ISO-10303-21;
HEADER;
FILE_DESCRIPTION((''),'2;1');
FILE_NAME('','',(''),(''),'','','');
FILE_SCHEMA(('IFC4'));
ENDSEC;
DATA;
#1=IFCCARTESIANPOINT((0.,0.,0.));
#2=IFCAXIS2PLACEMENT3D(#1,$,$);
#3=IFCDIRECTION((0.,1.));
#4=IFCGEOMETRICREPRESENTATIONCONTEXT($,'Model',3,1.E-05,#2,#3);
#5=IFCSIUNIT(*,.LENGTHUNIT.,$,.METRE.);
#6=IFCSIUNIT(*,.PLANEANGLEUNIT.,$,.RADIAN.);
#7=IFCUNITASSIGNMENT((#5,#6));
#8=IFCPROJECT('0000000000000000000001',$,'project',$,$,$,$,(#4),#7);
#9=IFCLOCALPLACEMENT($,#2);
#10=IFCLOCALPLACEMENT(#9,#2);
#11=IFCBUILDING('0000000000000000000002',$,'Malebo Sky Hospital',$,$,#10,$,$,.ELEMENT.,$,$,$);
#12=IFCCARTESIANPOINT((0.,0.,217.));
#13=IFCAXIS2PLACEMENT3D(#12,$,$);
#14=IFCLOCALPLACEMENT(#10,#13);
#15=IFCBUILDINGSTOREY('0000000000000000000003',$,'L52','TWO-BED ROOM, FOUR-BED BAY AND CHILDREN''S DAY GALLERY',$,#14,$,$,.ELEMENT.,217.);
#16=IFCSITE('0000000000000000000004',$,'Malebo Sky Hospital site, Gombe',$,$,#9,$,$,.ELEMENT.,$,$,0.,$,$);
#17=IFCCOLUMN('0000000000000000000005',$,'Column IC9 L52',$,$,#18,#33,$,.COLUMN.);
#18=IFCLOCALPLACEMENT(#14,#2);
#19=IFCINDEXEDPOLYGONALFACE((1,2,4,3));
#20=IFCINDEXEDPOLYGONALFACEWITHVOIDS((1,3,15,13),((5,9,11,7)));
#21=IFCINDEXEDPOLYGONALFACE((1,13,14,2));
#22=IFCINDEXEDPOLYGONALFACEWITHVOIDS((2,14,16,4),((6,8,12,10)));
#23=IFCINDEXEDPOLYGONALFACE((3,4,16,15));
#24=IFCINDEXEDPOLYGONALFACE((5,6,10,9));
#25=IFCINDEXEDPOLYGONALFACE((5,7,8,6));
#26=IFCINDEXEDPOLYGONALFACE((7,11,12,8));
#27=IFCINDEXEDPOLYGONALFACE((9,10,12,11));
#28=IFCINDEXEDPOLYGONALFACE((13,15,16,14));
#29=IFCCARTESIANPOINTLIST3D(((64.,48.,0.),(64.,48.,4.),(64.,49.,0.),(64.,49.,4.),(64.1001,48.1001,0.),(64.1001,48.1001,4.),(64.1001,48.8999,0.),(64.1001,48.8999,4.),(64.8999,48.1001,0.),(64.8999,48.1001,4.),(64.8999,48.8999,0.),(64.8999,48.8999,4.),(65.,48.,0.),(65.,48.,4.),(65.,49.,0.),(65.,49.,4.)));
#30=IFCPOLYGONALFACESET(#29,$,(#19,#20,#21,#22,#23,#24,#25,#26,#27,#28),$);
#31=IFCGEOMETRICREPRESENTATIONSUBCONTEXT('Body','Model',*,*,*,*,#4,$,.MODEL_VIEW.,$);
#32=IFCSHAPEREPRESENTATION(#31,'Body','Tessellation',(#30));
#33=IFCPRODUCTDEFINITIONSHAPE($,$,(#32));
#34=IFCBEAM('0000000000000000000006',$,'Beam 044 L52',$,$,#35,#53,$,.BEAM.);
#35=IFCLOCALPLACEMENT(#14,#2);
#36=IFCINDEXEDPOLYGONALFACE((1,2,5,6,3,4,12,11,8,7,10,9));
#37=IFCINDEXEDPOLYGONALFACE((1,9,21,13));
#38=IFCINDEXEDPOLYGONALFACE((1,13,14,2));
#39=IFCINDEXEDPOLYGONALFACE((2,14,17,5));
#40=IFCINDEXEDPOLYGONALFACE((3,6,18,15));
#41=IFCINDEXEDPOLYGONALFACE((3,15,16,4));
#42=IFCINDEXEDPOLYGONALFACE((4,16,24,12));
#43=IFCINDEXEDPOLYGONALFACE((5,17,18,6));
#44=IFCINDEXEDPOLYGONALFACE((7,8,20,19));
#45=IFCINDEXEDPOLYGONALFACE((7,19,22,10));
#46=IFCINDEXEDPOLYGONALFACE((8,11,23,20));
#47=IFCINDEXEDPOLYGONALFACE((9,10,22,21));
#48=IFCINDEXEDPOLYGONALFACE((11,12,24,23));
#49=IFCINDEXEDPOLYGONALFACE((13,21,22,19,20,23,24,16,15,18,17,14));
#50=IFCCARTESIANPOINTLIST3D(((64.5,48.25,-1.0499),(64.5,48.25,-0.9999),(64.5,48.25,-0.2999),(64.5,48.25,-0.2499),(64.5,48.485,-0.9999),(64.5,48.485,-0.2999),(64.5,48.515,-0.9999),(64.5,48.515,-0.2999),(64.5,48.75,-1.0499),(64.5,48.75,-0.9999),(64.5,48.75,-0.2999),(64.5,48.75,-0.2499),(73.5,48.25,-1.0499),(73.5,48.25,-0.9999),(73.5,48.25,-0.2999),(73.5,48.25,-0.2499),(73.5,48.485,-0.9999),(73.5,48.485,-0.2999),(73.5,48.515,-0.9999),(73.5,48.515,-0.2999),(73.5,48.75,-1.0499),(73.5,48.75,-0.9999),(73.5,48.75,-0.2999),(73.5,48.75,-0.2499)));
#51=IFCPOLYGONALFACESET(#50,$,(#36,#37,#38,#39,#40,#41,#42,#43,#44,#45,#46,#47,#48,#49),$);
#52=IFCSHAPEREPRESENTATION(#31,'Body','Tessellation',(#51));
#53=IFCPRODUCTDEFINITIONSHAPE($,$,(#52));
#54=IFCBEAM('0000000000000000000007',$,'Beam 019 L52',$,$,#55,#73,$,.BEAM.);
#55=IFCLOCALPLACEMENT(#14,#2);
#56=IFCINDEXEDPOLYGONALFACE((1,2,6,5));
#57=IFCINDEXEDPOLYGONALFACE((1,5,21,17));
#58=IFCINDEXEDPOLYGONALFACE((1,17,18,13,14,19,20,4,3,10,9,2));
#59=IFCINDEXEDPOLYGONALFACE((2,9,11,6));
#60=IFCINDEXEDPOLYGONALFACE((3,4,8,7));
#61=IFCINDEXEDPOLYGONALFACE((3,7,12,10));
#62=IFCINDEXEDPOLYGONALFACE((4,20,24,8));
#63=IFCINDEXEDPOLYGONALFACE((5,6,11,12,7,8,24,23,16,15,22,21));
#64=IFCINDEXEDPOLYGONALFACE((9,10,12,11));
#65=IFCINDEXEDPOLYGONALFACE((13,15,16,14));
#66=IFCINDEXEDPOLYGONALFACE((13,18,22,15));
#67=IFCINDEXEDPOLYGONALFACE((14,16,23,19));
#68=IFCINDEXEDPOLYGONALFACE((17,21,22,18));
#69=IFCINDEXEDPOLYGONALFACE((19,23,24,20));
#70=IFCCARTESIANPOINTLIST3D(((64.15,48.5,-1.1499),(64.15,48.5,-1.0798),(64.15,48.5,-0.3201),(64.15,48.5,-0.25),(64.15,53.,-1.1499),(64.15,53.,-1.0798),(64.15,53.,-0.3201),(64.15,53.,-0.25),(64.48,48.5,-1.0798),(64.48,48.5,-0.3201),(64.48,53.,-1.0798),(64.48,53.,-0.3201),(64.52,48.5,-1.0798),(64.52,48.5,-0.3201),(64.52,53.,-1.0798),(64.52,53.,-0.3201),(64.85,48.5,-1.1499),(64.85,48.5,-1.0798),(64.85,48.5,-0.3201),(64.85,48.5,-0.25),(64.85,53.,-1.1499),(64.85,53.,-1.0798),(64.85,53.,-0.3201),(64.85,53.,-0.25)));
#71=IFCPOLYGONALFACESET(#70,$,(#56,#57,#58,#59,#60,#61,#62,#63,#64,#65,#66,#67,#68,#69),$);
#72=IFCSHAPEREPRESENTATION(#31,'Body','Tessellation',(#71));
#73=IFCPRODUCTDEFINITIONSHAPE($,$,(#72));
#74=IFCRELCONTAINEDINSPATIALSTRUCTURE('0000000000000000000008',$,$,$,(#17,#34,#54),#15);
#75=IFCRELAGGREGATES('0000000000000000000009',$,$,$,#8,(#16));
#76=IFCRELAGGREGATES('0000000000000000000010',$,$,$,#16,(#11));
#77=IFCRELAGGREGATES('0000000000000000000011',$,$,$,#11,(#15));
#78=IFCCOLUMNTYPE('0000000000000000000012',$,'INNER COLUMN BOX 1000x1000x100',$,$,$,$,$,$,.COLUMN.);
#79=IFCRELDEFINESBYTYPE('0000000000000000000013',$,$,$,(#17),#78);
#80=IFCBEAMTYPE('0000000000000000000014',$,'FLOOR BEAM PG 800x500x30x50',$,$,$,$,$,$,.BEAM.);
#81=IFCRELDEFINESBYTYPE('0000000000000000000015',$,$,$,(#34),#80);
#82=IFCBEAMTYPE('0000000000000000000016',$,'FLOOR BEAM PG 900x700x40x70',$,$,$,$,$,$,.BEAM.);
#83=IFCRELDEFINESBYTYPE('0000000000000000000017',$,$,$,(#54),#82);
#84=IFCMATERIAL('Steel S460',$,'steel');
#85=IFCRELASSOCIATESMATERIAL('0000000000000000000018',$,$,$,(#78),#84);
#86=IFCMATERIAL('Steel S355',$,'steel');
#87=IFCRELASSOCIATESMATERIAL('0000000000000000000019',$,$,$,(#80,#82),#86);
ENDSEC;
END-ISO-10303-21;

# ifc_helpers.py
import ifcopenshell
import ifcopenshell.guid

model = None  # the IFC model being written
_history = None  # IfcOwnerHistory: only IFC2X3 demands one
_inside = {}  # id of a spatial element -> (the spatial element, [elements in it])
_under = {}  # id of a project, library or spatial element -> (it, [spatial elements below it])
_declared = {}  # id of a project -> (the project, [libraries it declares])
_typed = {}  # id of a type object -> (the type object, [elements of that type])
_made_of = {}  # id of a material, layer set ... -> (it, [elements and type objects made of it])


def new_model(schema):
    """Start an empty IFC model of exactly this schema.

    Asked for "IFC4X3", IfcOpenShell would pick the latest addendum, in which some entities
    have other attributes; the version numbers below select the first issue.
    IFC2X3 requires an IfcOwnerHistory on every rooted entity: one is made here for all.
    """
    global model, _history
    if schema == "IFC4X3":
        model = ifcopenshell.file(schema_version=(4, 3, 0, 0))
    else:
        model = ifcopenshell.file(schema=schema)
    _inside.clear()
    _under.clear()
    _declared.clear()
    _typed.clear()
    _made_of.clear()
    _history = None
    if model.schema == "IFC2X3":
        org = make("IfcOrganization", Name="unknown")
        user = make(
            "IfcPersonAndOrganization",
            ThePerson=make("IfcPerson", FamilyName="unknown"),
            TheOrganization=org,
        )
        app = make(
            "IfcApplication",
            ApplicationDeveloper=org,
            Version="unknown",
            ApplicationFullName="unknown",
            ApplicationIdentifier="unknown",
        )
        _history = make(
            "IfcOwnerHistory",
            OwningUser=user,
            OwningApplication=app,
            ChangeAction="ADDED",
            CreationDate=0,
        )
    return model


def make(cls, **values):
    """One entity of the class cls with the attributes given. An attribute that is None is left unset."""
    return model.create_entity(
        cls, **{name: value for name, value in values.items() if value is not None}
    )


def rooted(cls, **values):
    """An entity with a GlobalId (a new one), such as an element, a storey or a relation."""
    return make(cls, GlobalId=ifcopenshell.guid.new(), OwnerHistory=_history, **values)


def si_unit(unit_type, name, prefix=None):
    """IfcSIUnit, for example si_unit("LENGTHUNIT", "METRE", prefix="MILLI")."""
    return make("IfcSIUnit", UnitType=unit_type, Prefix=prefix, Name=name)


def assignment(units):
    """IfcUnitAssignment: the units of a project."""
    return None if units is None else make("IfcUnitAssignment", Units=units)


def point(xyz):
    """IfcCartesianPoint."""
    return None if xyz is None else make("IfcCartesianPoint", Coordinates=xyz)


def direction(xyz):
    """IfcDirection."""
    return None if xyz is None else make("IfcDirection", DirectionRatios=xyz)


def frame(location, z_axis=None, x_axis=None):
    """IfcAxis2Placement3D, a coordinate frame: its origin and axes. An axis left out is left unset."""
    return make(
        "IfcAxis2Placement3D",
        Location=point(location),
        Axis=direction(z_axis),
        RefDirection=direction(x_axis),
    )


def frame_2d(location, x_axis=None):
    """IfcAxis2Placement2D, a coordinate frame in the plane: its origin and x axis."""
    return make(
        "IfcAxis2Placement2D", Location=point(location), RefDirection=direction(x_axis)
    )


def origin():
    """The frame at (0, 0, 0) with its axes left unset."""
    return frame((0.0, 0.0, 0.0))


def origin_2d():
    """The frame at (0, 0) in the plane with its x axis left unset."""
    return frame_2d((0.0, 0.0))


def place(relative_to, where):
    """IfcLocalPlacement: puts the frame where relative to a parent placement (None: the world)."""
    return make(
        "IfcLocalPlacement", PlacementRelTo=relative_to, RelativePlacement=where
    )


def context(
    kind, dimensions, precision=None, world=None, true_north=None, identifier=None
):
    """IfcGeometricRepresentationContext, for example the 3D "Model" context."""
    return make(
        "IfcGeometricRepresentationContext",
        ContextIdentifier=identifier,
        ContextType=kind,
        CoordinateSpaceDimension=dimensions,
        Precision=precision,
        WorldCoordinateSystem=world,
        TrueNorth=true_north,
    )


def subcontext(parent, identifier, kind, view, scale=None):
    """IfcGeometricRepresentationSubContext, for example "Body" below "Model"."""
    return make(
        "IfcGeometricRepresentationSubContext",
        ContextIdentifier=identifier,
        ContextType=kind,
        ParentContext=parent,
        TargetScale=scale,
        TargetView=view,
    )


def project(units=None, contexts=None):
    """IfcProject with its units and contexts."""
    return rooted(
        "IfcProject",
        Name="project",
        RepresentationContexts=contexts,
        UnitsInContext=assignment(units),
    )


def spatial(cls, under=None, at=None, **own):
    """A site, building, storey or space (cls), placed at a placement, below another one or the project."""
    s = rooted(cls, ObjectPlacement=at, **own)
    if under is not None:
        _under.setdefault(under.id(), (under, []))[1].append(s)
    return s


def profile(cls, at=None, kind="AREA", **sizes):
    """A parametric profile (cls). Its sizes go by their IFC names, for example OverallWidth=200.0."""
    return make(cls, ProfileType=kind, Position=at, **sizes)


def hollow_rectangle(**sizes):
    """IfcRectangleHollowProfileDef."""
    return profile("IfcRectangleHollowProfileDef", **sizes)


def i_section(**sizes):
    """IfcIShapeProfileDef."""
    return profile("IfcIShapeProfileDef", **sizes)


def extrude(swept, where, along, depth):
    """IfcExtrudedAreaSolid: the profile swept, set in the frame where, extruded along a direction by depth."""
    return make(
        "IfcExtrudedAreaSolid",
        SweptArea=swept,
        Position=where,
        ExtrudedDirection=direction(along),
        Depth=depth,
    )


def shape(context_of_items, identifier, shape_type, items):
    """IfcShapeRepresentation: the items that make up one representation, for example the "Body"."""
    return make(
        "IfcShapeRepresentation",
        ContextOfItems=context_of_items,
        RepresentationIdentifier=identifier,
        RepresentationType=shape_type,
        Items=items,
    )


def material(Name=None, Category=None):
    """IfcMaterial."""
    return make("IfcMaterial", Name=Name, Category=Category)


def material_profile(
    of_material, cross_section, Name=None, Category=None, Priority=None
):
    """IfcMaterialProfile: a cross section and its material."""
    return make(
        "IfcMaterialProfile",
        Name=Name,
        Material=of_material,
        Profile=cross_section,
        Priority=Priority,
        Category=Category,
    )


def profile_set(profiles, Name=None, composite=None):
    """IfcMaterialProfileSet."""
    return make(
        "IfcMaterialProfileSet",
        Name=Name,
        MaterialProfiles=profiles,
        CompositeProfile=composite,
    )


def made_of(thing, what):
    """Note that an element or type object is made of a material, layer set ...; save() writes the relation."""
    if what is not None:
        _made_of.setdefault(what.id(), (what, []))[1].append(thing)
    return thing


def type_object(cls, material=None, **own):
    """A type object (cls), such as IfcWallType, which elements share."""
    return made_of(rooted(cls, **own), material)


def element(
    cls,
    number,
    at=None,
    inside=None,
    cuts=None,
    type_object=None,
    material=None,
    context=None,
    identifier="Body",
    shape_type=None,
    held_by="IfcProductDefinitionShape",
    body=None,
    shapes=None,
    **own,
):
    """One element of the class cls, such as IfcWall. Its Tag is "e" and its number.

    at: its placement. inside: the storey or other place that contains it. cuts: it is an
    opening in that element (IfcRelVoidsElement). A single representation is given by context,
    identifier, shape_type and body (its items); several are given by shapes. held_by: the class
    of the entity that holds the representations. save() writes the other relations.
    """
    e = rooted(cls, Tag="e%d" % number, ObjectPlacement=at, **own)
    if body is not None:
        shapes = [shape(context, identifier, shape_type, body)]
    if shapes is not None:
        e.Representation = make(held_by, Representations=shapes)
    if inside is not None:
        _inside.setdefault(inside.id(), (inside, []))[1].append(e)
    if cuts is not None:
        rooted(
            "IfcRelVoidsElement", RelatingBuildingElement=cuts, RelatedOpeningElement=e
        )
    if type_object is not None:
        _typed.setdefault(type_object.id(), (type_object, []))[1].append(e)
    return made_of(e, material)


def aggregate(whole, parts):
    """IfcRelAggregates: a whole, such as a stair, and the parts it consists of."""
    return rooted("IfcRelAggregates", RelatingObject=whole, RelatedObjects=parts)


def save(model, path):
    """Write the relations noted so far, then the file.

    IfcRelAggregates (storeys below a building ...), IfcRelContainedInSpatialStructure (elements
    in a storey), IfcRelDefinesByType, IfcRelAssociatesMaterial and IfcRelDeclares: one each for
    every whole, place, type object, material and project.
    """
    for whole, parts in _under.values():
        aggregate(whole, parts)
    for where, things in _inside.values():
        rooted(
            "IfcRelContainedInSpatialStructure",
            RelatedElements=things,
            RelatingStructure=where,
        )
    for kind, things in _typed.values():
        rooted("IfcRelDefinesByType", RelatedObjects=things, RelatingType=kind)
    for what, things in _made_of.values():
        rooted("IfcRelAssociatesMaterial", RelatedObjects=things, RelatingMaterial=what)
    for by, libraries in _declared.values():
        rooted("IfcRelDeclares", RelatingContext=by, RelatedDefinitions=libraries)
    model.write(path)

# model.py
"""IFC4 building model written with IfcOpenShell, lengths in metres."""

from ifc_helpers import new_model, si_unit, direction, frame, origin, origin_2d, place, context, subcontext, project, spatial, hollow_rectangle, i_section, extrude, material, material_profile, profile_set, type_object, element, save


model = new_model("IFC4")

# Units and contexts
model_context = context("Model", 3, precision=1e-05, world=origin(), true_north=direction((0.0, 1.0)))
body_context = subcontext(model_context, "Body", "Model", "MODEL_VIEW")
ifc_project = project(units=[si_unit("LENGTHUNIT", "METRE"), si_unit("PLANEANGLEUNIT", "RADIAN")], contexts=[model_context])

# Site, building, storey
site_placement = place(None, origin())
site = spatial("IfcSite", under=ifc_project, at=site_placement, Name="Malebo Sky Hospital site, Gombe", CompositionType="ELEMENT", RefElevation=0.0)
building_placement = place(site_placement, origin())
building = spatial("IfcBuilding", under=site, at=building_placement, Name="Malebo Sky Hospital", CompositionType="ELEMENT")
storey_placement = place(building_placement, frame((0.0, 0.0, 217.0)))
storey = spatial("IfcBuildingStorey", under=building, at=storey_placement, Name="L52", Description="TWO-BED ROOM, FOUR-BED BAY AND CHILDREN'S DAY GALLERY", CompositionType="ELEMENT", Elevation=217.0)

# Column
ifc_material_1 = material(Name="Steel S460", Category="steel")
ifc_material_profile_1 = material_profile(ifc_material_1, hollow_rectangle(XDim=1.0, YDim=1.0, WallThickness=0.1001, at=origin_2d()), Name="BOX 1000x1000x100")
ifc_profile_set_1 = profile_set([ifc_material_profile_1], Name="Steel S460")
column_type = type_object("IfcColumnType", Name="INNER COLUMN BOX 1000x1000x100", PredefinedType="COLUMN", material=ifc_profile_set_1)
column_placement = place(storey_placement, frame((64.5, 48.5, 0.0), z_axis=(0.0, 0.0, 1.0), x_axis=(1.0, 0.0, 0.0)))
element("IfcColumn", 1, at=column_placement, inside=storey, type_object=column_type, Name="Column IC9 L52", PredefinedType="COLUMN", context=body_context, shape_type="SweptSolid", body=[
    extrude(hollow_rectangle(XDim=1.0, YDim=1.0, WallThickness=0.1001, at=origin_2d()), origin(), (0.0, 0.0, 1.0), 4.0),
])

# Beams
ifc_material_2 = material(Name="Steel S355", Category="steel")
ifc_material_profile_2 = material_profile(ifc_material_2, i_section(OverallWidth=0.5, OverallDepth=0.8, WebThickness=0.03, FlangeThickness=0.05, at=origin_2d()), Name="PG 800x500x30x50")
ifc_profile_set_2 = profile_set([ifc_material_profile_2], Name="Steel S355")
beam_type_1 = type_object("IfcBeamType", Name="FLOOR BEAM PG 800x500x30x50", PredefinedType="BEAM", material=ifc_profile_set_2)
beam_1_placement = place(storey_placement, frame((64.5, 48.5, -0.6499), z_axis=(1.0, 0.0, 0.0), x_axis=(0.0, 1.0, 0.0)))
element("IfcBeam", 2, at=beam_1_placement, inside=storey, type_object=beam_type_1, Name="Beam 044 L52", PredefinedType="BEAM", context=body_context, shape_type="SweptSolid", body=[
    extrude(i_section(OverallWidth=0.5, OverallDepth=0.8, WebThickness=0.03, FlangeThickness=0.05, at=origin_2d()), origin(), (0.0, 0.0, 1.0), 9.0),
])
ifc_material_profile_3 = material_profile(ifc_material_2, i_section(OverallWidth=0.7, OverallDepth=0.8999, WebThickness=0.04, FlangeThickness=0.0701, at=origin_2d()), Name="PG 900x700x40x70")
ifc_profile_set_3 = profile_set([ifc_material_profile_3], Name="Steel S355")
beam_type_2 = type_object("IfcBeamType", Name="FLOOR BEAM PG 900x700x40x70", PredefinedType="BEAM", material=ifc_profile_set_3)
beam_2_placement = place(storey_placement, frame((64.5, 48.5, -0.7), z_axis=(0.0, 1.0, 0.0), x_axis=(-1.0, 0.0, 0.0)))
element("IfcBeam", 3, at=beam_2_placement, inside=storey, type_object=beam_type_2, Name="Beam 019 L52", PredefinedType="BEAM", context=body_context, shape_type="SweptSolid", body=[
    extrude(i_section(OverallWidth=0.7, OverallDepth=0.8999, WebThickness=0.04, FlangeThickness=0.0701, at=origin_2d()), origin(), (0.0, 0.0, 1.0), 4.5),
])

save(model, "model.ifc")
